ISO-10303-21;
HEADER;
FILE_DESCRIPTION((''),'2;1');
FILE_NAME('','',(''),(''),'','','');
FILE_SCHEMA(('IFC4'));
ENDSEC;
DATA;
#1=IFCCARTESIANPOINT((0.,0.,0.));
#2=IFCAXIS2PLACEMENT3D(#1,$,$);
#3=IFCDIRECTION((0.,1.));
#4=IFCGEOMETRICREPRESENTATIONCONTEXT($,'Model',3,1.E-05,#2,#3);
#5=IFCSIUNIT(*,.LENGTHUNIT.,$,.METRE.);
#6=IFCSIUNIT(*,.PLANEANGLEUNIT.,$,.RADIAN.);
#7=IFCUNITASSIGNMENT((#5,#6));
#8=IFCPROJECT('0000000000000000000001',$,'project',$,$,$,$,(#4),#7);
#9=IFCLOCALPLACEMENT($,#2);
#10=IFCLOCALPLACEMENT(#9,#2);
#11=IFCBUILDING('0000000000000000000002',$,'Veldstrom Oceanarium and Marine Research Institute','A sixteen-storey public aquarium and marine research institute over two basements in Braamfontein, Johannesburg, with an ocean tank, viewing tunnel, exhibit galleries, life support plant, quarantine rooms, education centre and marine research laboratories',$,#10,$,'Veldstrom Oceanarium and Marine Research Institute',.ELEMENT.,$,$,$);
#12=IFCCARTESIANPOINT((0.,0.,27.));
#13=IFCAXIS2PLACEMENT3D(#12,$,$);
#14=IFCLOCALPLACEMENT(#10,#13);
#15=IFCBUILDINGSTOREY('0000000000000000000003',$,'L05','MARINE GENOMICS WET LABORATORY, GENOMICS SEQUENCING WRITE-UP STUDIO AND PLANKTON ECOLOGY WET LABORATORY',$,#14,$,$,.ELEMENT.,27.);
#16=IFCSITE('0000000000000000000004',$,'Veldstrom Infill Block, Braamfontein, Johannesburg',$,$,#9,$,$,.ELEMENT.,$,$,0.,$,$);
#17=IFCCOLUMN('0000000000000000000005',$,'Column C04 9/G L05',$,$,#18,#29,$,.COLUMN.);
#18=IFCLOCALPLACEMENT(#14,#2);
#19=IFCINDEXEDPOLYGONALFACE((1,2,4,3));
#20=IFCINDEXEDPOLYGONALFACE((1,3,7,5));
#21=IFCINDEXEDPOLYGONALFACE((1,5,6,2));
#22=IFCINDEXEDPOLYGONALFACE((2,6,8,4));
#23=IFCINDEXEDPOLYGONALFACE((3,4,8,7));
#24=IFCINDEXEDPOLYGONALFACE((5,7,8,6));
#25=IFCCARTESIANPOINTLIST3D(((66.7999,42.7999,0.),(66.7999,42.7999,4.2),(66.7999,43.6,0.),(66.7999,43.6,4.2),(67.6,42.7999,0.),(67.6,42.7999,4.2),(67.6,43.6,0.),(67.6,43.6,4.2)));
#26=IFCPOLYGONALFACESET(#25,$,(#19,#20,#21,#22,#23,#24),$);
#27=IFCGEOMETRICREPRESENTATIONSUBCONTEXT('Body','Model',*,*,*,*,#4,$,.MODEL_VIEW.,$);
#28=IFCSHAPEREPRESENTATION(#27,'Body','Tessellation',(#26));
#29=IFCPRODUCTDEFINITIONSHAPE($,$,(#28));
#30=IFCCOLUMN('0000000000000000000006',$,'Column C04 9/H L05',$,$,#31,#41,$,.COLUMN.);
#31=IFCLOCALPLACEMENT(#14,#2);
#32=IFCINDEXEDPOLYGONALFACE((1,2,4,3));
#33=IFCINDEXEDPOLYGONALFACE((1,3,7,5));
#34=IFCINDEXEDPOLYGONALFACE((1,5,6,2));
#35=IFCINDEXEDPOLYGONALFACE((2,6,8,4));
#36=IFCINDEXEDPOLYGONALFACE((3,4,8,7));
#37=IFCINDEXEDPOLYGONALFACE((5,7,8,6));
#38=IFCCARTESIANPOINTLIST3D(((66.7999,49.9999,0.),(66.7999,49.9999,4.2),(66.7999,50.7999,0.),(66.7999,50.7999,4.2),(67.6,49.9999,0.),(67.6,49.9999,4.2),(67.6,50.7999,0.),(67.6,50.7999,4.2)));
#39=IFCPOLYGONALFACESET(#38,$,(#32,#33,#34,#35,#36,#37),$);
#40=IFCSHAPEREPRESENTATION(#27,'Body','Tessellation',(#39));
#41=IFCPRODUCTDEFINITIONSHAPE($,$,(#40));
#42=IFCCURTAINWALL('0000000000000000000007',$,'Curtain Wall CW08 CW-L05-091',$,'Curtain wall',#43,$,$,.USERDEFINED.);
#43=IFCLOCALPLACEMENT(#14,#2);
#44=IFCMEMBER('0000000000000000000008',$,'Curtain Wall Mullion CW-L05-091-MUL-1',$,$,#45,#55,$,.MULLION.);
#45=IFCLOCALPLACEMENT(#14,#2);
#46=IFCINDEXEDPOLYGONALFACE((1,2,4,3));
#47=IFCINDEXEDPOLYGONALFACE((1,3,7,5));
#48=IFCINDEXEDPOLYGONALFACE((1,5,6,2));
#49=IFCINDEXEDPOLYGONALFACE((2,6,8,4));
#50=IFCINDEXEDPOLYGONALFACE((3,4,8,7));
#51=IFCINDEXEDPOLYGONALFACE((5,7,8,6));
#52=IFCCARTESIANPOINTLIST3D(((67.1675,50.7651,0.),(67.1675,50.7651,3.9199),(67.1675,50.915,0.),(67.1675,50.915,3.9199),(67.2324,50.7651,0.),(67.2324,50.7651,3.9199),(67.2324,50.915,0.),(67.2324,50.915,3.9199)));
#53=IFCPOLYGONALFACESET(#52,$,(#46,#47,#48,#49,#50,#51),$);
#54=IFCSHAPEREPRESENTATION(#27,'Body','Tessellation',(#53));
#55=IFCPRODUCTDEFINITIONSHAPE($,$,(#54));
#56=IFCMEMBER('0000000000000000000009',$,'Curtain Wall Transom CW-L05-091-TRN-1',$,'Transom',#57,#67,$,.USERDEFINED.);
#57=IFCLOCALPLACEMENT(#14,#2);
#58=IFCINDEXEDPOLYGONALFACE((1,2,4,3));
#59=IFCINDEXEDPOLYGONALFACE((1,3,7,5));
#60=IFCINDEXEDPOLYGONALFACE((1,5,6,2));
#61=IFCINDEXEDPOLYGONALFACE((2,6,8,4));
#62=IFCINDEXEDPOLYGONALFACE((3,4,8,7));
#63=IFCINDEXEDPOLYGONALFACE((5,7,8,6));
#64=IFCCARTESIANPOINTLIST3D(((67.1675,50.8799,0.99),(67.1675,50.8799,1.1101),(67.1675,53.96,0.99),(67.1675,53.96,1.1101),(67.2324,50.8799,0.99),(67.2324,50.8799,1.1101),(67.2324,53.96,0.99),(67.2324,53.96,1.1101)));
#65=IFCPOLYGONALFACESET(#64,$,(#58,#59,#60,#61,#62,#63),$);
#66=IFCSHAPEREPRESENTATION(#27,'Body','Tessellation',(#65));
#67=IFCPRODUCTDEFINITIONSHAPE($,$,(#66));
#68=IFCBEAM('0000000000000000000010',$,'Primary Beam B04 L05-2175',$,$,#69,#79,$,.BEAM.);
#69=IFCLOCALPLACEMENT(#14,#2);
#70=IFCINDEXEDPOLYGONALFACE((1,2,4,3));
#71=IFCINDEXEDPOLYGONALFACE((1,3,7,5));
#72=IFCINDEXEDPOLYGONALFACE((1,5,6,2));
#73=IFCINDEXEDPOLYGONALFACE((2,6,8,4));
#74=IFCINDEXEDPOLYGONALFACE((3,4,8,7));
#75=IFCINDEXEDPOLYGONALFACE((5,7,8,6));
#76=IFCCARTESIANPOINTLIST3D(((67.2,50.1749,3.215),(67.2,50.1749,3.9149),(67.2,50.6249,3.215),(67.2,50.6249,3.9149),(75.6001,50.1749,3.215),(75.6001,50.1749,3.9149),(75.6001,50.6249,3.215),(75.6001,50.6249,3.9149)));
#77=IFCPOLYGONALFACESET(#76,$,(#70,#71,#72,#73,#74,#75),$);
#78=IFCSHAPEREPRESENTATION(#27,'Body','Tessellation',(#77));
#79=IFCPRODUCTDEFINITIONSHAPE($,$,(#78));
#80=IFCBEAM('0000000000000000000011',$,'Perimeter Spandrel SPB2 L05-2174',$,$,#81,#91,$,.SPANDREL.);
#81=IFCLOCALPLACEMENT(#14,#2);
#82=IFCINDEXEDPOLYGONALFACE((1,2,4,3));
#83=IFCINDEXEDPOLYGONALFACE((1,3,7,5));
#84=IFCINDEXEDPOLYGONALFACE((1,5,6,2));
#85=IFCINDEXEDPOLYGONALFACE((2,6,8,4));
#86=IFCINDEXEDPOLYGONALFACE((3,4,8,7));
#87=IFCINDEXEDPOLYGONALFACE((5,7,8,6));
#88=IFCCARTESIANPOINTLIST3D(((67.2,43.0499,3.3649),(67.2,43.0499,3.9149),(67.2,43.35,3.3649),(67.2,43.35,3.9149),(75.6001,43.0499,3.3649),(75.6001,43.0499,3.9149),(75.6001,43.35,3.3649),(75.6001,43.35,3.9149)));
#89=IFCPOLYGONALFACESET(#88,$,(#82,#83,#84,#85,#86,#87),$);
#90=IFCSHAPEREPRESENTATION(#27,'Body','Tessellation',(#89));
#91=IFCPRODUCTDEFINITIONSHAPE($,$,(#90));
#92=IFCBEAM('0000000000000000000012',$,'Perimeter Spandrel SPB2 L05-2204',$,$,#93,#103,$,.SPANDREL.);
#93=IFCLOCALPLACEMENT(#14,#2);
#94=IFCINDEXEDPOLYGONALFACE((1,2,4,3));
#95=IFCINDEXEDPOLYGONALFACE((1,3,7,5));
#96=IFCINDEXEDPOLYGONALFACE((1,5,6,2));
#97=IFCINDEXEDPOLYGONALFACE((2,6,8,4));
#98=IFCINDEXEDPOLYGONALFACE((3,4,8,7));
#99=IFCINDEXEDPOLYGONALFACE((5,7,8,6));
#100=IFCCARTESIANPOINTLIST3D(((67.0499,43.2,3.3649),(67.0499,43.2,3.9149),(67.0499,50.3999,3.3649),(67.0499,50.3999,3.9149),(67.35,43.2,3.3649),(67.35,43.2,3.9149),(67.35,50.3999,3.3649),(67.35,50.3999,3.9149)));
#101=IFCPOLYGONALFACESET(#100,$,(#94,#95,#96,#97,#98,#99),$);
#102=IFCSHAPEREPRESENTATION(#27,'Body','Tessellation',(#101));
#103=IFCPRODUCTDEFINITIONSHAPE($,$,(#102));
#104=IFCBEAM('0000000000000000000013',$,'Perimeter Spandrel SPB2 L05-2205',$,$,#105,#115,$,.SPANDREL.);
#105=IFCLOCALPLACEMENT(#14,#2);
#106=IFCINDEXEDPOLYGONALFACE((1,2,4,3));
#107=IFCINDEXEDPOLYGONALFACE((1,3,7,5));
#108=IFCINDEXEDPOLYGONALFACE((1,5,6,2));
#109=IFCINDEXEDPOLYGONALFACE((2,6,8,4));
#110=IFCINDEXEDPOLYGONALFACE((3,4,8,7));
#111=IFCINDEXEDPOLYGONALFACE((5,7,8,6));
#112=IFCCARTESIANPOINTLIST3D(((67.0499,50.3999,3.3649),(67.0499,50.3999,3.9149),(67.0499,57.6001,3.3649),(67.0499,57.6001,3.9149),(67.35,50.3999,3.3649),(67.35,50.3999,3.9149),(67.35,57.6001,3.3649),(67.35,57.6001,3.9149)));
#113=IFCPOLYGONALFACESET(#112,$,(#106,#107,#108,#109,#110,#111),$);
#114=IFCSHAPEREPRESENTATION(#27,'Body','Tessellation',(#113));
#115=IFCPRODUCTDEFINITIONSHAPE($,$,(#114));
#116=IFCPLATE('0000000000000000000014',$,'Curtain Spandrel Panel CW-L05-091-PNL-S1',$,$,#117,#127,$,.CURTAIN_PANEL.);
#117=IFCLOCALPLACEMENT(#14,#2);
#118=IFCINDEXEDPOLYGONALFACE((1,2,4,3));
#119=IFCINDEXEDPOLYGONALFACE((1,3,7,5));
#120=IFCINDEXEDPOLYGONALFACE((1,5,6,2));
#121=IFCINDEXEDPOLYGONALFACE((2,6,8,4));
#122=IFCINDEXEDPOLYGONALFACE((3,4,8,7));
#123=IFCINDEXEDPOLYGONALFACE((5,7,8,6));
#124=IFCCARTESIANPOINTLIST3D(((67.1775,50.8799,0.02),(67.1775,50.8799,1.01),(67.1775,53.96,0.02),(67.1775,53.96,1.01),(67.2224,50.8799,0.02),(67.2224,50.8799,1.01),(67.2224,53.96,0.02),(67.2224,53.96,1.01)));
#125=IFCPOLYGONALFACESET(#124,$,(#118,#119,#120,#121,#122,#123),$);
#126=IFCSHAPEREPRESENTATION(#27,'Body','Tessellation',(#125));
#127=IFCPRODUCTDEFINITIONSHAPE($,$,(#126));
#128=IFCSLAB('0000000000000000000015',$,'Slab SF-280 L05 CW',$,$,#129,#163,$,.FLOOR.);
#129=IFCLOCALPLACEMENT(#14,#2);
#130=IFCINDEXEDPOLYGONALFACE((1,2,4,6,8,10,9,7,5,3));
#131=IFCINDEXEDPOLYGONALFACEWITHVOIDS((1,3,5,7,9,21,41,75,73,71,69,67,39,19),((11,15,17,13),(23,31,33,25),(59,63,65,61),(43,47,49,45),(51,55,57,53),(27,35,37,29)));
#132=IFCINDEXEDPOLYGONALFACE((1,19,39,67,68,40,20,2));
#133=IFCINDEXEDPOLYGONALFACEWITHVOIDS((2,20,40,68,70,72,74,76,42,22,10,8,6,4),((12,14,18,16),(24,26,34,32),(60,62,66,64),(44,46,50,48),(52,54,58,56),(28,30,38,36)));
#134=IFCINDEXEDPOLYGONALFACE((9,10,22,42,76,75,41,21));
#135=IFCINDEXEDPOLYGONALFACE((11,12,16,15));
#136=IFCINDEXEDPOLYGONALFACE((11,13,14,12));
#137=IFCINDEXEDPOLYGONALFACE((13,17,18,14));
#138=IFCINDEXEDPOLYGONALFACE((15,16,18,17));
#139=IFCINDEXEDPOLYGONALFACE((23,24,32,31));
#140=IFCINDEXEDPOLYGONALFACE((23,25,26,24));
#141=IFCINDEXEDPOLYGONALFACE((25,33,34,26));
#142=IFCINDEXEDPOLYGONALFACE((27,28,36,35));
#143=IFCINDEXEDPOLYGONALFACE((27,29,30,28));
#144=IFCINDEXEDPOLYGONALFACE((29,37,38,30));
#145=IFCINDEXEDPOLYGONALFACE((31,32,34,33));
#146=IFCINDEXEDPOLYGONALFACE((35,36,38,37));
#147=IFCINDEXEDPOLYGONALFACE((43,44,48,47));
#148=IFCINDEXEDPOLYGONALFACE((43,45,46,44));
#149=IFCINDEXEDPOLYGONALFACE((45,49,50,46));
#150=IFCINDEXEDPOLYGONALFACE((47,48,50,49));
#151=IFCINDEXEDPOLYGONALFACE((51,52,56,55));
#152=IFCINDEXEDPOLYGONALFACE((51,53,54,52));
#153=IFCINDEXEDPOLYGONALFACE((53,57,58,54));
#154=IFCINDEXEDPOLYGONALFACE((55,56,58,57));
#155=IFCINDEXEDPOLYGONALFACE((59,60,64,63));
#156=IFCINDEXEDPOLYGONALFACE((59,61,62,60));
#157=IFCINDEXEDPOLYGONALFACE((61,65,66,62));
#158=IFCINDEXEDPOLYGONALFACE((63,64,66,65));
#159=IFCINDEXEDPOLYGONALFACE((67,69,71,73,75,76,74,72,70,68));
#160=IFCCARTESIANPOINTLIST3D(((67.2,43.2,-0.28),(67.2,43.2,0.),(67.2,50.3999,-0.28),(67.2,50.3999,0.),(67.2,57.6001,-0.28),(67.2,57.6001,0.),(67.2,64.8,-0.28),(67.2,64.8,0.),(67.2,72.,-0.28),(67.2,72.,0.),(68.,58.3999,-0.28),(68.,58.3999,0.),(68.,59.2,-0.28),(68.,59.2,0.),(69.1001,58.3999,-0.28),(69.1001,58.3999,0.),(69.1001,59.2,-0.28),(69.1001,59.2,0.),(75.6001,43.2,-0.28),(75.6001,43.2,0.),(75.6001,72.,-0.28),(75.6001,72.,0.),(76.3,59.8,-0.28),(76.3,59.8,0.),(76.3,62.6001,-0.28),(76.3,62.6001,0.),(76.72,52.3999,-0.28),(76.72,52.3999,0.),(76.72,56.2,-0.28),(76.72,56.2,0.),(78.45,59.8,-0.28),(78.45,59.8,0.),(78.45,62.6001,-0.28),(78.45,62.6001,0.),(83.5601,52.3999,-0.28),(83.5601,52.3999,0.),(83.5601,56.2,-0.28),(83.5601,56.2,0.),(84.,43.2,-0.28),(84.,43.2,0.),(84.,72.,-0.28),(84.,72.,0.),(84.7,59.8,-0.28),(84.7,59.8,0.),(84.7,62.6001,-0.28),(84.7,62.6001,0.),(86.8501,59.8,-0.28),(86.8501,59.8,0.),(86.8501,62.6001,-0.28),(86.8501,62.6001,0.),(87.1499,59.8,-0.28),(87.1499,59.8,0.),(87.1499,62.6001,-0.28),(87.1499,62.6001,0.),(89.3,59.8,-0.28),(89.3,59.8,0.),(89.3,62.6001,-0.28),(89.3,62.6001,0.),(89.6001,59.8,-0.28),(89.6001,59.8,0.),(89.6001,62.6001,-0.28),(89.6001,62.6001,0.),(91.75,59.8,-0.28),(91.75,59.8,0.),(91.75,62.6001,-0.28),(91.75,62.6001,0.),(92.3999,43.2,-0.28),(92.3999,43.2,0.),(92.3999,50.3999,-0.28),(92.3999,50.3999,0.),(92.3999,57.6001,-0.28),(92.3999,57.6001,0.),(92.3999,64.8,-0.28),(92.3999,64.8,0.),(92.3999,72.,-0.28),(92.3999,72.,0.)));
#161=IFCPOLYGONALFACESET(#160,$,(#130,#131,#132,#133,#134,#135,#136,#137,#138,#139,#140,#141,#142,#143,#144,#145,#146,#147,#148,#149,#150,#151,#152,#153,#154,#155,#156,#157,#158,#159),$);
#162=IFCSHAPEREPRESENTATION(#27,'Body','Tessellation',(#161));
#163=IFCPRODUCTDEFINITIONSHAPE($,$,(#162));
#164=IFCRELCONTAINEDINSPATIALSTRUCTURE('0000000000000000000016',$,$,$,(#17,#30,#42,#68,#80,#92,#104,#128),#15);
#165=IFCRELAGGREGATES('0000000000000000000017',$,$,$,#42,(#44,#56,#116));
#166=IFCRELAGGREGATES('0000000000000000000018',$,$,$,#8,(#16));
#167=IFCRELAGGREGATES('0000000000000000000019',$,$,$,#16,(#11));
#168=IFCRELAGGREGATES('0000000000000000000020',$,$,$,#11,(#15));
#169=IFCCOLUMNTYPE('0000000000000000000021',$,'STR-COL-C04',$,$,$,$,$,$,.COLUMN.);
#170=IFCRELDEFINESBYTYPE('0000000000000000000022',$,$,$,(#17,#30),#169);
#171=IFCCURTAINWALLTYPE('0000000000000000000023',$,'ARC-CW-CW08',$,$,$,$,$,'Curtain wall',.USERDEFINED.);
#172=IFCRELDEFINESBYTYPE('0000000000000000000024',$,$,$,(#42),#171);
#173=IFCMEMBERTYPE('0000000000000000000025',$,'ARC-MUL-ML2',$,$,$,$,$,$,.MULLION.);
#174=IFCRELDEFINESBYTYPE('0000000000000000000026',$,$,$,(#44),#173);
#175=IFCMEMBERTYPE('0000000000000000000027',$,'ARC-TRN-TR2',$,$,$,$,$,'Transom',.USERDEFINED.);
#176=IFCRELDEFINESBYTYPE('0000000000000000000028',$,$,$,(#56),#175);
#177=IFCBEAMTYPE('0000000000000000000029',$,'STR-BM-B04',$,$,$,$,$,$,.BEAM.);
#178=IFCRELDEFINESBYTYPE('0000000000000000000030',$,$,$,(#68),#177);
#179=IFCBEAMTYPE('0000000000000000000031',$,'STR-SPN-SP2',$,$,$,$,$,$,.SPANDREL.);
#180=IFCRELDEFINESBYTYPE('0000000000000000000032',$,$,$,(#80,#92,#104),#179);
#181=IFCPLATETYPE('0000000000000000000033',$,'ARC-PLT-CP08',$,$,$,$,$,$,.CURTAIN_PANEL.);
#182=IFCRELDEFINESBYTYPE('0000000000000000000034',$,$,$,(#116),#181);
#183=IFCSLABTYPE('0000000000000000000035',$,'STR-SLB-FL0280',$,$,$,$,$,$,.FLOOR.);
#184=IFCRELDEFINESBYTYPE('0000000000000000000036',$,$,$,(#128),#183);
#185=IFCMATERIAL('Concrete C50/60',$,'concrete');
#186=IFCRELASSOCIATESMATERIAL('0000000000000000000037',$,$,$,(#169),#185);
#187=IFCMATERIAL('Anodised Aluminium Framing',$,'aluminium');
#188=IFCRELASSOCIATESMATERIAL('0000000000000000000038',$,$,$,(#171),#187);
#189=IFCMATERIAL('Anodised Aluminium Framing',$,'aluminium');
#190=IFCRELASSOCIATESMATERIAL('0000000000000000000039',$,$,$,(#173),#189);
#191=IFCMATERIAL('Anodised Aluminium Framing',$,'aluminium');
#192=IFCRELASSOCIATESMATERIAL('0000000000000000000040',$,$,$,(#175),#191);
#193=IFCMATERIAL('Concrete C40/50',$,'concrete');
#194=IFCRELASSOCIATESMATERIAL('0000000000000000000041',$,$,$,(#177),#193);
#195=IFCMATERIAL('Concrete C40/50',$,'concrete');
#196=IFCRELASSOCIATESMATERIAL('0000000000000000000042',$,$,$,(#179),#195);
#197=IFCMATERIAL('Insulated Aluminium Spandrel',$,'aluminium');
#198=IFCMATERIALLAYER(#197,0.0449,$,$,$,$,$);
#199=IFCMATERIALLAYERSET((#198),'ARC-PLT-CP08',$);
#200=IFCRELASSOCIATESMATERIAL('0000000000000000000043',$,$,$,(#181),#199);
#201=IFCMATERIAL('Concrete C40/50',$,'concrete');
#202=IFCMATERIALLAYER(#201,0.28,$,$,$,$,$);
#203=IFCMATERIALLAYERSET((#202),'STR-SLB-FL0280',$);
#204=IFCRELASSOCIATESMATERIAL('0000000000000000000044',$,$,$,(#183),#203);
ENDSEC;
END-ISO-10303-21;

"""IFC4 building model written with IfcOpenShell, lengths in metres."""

from ifc_helpers import new_model, si_unit, direction, frame, origin, origin_2d, place, context, subcontext, project, spatial, polyline, rectangle, outline, extrude, material, layer, layer_set, material_profile, profile_set, type_object, element, aggregate, save


model = new_model("IFC4")

# Units and contexts
model_context = context("Model", 3, precision=1e-05, world=origin(), true_north=direction((0.0, 1.0)))
body_context = subcontext(model_context, "Body", "Model", "MODEL_VIEW")
ifc_project = project(units=[si_unit("LENGTHUNIT", "METRE"), si_unit("PLANEANGLEUNIT", "RADIAN")], contexts=[model_context])

# Site, building, storey
site_placement = place(None, origin())
site = spatial("IfcSite", under=ifc_project, at=site_placement, Name="Veldstrom Infill Block, Braamfontein, Johannesburg", CompositionType="ELEMENT", RefElevation=0.0)
building_placement = place(site_placement, origin())
building = spatial("IfcBuilding", under=site, at=building_placement, Name="Veldstrom Oceanarium and Marine Research Institute", Description="A sixteen-storey public aquarium and marine research institute over two basements in Braamfontein, Johannesburg, with an ocean tank, viewing tunnel, exhibit galleries, life support plant, quarantine rooms, education centre and marine research laboratories", LongName="Veldstrom Oceanarium and Marine Research Institute", CompositionType="ELEMENT")
storey_placement = place(building_placement, frame((0.0, 0.0, 27.0)))
storey = spatial("IfcBuildingStorey", under=building, at=storey_placement, Name="L05", Description="MARINE GENOMICS WET LABORATORY, GENOMICS SEQUENCING WRITE-UP STUDIO AND PLANKTON ECOLOGY WET LABORATORY", CompositionType="ELEMENT", Elevation=27.0)

# Columns
ifc_material_1 = material(Name="Concrete C50/60", Category="concrete")
ifc_material_profile_1 = material_profile(ifc_material_1, rectangle(XDim=0.8, YDim=0.8, at=origin_2d()), Name="RC-COL-800x800")
ifc_profile_set_1 = profile_set([ifc_material_profile_1], Name="Concrete C50/60")
column_type = type_object("IfcColumnType", Name="STR-COL-C04", PredefinedType="COLUMN", material=ifc_profile_set_1)
for number, where, z_axis, x_axis, name in (
    (1, (67.2, 43.2, 0.0), (0.0, 0.0, 1.0), (1.0, 0.0, 0.0), "Column C04 9/G L05"),
    (2, (67.2, 50.3999, 0.0), (0.0, 0.0, 1.0), (1.0, 0.0, 0.0), "Column C04 9/H L05"),
):
    element("IfcColumn", number, at=place(storey_placement, frame(where, z_axis=z_axis, x_axis=x_axis)), inside=storey, type_object=column_type, Name=name, PredefinedType="COLUMN", context=body_context, shape_type="SweptSolid", body=[
        extrude(rectangle(XDim=0.8, YDim=0.8, at=origin_2d()), origin(), (0.0, 0.0, 1.0), 4.2),
    ])

# Curtain wall, members
ifc_material_2 = material(Name="Anodised Aluminium Framing", Category="aluminium")
curtain_wall_type = type_object("IfcCurtainWallType", Name="ARC-CW-CW08", ElementType="Curtain wall", PredefinedType="USERDEFINED", material=ifc_material_2)
curtain_wall_placement = place(storey_placement, origin())
curtain_wall = element("IfcCurtainWall", 3, at=curtain_wall_placement, inside=storey, type_object=curtain_wall_type, Name="Curtain Wall CW08 CW-L05-091", ObjectType="Curtain wall", PredefinedType="USERDEFINED")
ifc_material_3 = material(Name="Anodised Aluminium Framing", Category="aluminium")
ifc_material_profile_2 = material_profile(ifc_material_3, rectangle(XDim=0.0649, YDim=0.1499, at=origin_2d()), Name="ALU-MUL-65x150")
ifc_profile_set_2 = profile_set([ifc_material_profile_2], Name="Anodised Aluminium Framing")
member_type_1 = type_object("IfcMemberType", Name="ARC-MUL-ML2", PredefinedType="MULLION", material=ifc_profile_set_2)
member_1_placement = place(storey_placement, frame((67.2, 50.8401, 0.0), z_axis=(0.0, 0.0, 1.0), x_axis=(1.0, 0.0, 0.0)))
member_1 = element("IfcMember", 4, at=member_1_placement, type_object=member_type_1, Name="Curtain Wall Mullion CW-L05-091-MUL-1", PredefinedType="MULLION", context=body_context, shape_type="SweptSolid", body=[
    extrude(rectangle(XDim=0.0649, YDim=0.1499, at=origin_2d()), origin(), (0.0, 0.0, 1.0), 3.9199),
])
ifc_material_4 = material(Name="Anodised Aluminium Framing", Category="aluminium")
ifc_material_profile_3 = material_profile(ifc_material_4, rectangle(XDim=0.0649, YDim=0.1201, at=origin_2d()), Name="ALU-TRN-65x120")
ifc_profile_set_3 = profile_set([ifc_material_profile_3], Name="Anodised Aluminium Framing")
member_type_2 = type_object("IfcMemberType", Name="ARC-TRN-TR2", ElementType="Transom", PredefinedType="USERDEFINED", material=ifc_profile_set_3)
member_2_placement = place(storey_placement, frame((67.2, 50.8799, 1.05), z_axis=(0.0, 1.0, 0.0), x_axis=(-1.0, 0.0, 0.0)))
member_2 = element("IfcMember", 5, at=member_2_placement, type_object=member_type_2, Name="Curtain Wall Transom CW-L05-091-TRN-1", ObjectType="Transom", PredefinedType="USERDEFINED", context=body_context, shape_type="SweptSolid", body=[
    extrude(rectangle(XDim=0.0649, YDim=0.1201, at=origin_2d()), origin(), (0.0, 0.0, 1.0), 3.0801),
])

# Beams
ifc_material_5 = material(Name="Concrete C40/50", Category="concrete")
ifc_material_profile_4 = material_profile(ifc_material_5, rectangle(XDim=0.45, YDim=0.7, at=origin_2d()), Name="RC-BM-450x700")
ifc_profile_set_4 = profile_set([ifc_material_profile_4], Name="Concrete C40/50")
beam_type_1 = type_object("IfcBeamType", Name="STR-BM-B04", PredefinedType="BEAM", material=ifc_profile_set_4)
beam_1_placement = place(storey_placement, frame((67.2, 50.3999, 3.5649), z_axis=(1.0, 0.0, 0.0), x_axis=(0.0, 1.0, 0.0)))
element("IfcBeam", 6, at=beam_1_placement, inside=storey, type_object=beam_type_1, Name="Primary Beam B04 L05-2175", PredefinedType="BEAM", context=body_context, shape_type="SweptSolid", body=[
    extrude(rectangle(XDim=0.45, YDim=0.7, at=origin_2d()), origin(), (0.0, 0.0, 1.0), 8.4001),
])
ifc_material_6 = material(Name="Concrete C40/50", Category="concrete")
ifc_material_profile_5 = material_profile(ifc_material_6, rectangle(XDim=0.3, YDim=0.55, at=origin_2d()), Name="RC-SPN-300x550")
ifc_profile_set_5 = profile_set([ifc_material_profile_5], Name="Concrete C40/50")
beam_type_2 = type_object("IfcBeamType", Name="STR-SPN-SP2", PredefinedType="SPANDREL", material=ifc_profile_set_5)
beam_2_placement = place(storey_placement, frame((67.2, 43.2, 3.6399), z_axis=(1.0, 0.0, 0.0), x_axis=(0.0, 1.0, 0.0)))
element("IfcBeam", 7, at=beam_2_placement, inside=storey, type_object=beam_type_2, Name="Perimeter Spandrel SPB2 L05-2174", PredefinedType="SPANDREL", context=body_context, shape_type="SweptSolid", body=[
    extrude(rectangle(XDim=0.3, YDim=0.55, at=origin_2d()), origin(), (0.0, 0.0, 1.0), 8.4001),
])
beam_3_placement = place(storey_placement, frame((67.2, 43.2, 3.6399), z_axis=(0.0, 1.0, 0.0), x_axis=(-1.0, 0.0, 0.0)))
element("IfcBeam", 8, at=beam_3_placement, inside=storey, type_object=beam_type_2, Name="Perimeter Spandrel SPB2 L05-2204", PredefinedType="SPANDREL", context=body_context, shape_type="SweptSolid", body=[
    extrude(rectangle(XDim=0.3, YDim=0.55, at=origin_2d()), origin(), (0.0, 0.0, 1.0), 7.2),
])
beam_4_placement = place(storey_placement, frame((67.2, 50.3999, 3.6399), z_axis=(0.0, 1.0, 0.0), x_axis=(-1.0, 0.0, 0.0)))
element("IfcBeam", 9, at=beam_4_placement, inside=storey, type_object=beam_type_2, Name="Perimeter Spandrel SPB2 L05-2205", PredefinedType="SPANDREL", context=body_context, shape_type="SweptSolid", body=[
    extrude(rectangle(XDim=0.3, YDim=0.55, at=origin_2d()), origin(), (0.0, 0.0, 1.0), 7.2002),
])

# Plate
ifc_material_7 = material(Name="Insulated Aluminium Spandrel", Category="aluminium")
ifc_layer_1 = layer(ifc_material_7, 0.0449)
ifc_layer_set_1 = layer_set([ifc_layer_1], Name="ARC-PLT-CP08")
plate_type = type_object("IfcPlateType", Name="ARC-PLT-CP08", PredefinedType="CURTAIN_PANEL", material=ifc_layer_set_1)
plate_placement = place(storey_placement, frame((67.2, 52.4199, 0.02), z_axis=(0.0, 0.0, 1.0), x_axis=(0.0, 1.0, 0.0)))
plate = element("IfcPlate", 10, at=plate_placement, type_object=plate_type, Name="Curtain Spandrel Panel CW-L05-091-PNL-S1", PredefinedType="CURTAIN_PANEL", context=body_context, shape_type="SweptSolid", body=[
    extrude(rectangle(XDim=3.0801, YDim=0.0449, at=origin_2d()), origin(), (0.0, 0.0, 1.0), 0.99),
])
aggregate(curtain_wall, [member_1, member_2, plate])

# Slab
ifc_material_8 = material(Name="Concrete C40/50", Category="concrete")
ifc_layer_2 = layer(ifc_material_8, 0.28)
ifc_layer_set_2 = layer_set([ifc_layer_2], Name="STR-SLB-FL0280")
slab_type_1 = type_object("IfcSlabType", Name="STR-SLB-FL0280", PredefinedType="FLOOR", material=ifc_layer_set_2)
slab_1_placement = place(storey_placement, frame((0.0, 0.0, -0.28)))
element("IfcSlab", 11, at=slab_1_placement, inside=storey, type_object=slab_type_1, Name="Slab SF-280 L05 CW", PredefinedType="FLOOR", context=body_context, shape_type="SweptSolid", body=[
    extrude(outline(polyline([(92.3999, 50.3999), (92.3999, 43.2), (84.0, 43.2), (75.6001, 43.2), (67.2, 43.2), (67.2, 50.3999), (67.2, 57.6001), (67.2, 64.8), (67.2, 72.0), (75.6001, 72.0), (84.0, 72.0), (92.3999, 72.0), (92.3999, 64.8), (92.3999, 57.6001), (92.3999, 50.3999)]), holes=[polyline([(83.5601, 52.3999), (83.5601, 56.2), (76.72, 56.2), (76.72, 52.3999), (83.5601, 52.3999)]), polyline([(76.3, 62.6001), (76.3, 59.8), (78.45, 59.8), (78.45, 62.6001), (76.3, 62.6001)]), polyline([(86.8501, 59.8), (86.8501, 62.6001), (84.7, 62.6001), (84.7, 59.8), (86.8501, 59.8)]), polyline([(87.1499, 59.8), (89.3, 59.8), (89.3, 62.6001), (87.1499, 62.6001), (87.1499, 59.8)]), polyline([(89.6001, 62.6001), (89.6001, 59.8), (91.75, 59.8), (91.75, 62.6001), (89.6001, 62.6001)]), polyline([(69.1001, 59.2), (68.0, 59.2), (68.0, 58.3999), (69.1001, 58.3999), (69.1001, 59.2)])]), origin(), (0.0, 0.0, 1.0), 0.28),
])

save(model, "model.ifc")
